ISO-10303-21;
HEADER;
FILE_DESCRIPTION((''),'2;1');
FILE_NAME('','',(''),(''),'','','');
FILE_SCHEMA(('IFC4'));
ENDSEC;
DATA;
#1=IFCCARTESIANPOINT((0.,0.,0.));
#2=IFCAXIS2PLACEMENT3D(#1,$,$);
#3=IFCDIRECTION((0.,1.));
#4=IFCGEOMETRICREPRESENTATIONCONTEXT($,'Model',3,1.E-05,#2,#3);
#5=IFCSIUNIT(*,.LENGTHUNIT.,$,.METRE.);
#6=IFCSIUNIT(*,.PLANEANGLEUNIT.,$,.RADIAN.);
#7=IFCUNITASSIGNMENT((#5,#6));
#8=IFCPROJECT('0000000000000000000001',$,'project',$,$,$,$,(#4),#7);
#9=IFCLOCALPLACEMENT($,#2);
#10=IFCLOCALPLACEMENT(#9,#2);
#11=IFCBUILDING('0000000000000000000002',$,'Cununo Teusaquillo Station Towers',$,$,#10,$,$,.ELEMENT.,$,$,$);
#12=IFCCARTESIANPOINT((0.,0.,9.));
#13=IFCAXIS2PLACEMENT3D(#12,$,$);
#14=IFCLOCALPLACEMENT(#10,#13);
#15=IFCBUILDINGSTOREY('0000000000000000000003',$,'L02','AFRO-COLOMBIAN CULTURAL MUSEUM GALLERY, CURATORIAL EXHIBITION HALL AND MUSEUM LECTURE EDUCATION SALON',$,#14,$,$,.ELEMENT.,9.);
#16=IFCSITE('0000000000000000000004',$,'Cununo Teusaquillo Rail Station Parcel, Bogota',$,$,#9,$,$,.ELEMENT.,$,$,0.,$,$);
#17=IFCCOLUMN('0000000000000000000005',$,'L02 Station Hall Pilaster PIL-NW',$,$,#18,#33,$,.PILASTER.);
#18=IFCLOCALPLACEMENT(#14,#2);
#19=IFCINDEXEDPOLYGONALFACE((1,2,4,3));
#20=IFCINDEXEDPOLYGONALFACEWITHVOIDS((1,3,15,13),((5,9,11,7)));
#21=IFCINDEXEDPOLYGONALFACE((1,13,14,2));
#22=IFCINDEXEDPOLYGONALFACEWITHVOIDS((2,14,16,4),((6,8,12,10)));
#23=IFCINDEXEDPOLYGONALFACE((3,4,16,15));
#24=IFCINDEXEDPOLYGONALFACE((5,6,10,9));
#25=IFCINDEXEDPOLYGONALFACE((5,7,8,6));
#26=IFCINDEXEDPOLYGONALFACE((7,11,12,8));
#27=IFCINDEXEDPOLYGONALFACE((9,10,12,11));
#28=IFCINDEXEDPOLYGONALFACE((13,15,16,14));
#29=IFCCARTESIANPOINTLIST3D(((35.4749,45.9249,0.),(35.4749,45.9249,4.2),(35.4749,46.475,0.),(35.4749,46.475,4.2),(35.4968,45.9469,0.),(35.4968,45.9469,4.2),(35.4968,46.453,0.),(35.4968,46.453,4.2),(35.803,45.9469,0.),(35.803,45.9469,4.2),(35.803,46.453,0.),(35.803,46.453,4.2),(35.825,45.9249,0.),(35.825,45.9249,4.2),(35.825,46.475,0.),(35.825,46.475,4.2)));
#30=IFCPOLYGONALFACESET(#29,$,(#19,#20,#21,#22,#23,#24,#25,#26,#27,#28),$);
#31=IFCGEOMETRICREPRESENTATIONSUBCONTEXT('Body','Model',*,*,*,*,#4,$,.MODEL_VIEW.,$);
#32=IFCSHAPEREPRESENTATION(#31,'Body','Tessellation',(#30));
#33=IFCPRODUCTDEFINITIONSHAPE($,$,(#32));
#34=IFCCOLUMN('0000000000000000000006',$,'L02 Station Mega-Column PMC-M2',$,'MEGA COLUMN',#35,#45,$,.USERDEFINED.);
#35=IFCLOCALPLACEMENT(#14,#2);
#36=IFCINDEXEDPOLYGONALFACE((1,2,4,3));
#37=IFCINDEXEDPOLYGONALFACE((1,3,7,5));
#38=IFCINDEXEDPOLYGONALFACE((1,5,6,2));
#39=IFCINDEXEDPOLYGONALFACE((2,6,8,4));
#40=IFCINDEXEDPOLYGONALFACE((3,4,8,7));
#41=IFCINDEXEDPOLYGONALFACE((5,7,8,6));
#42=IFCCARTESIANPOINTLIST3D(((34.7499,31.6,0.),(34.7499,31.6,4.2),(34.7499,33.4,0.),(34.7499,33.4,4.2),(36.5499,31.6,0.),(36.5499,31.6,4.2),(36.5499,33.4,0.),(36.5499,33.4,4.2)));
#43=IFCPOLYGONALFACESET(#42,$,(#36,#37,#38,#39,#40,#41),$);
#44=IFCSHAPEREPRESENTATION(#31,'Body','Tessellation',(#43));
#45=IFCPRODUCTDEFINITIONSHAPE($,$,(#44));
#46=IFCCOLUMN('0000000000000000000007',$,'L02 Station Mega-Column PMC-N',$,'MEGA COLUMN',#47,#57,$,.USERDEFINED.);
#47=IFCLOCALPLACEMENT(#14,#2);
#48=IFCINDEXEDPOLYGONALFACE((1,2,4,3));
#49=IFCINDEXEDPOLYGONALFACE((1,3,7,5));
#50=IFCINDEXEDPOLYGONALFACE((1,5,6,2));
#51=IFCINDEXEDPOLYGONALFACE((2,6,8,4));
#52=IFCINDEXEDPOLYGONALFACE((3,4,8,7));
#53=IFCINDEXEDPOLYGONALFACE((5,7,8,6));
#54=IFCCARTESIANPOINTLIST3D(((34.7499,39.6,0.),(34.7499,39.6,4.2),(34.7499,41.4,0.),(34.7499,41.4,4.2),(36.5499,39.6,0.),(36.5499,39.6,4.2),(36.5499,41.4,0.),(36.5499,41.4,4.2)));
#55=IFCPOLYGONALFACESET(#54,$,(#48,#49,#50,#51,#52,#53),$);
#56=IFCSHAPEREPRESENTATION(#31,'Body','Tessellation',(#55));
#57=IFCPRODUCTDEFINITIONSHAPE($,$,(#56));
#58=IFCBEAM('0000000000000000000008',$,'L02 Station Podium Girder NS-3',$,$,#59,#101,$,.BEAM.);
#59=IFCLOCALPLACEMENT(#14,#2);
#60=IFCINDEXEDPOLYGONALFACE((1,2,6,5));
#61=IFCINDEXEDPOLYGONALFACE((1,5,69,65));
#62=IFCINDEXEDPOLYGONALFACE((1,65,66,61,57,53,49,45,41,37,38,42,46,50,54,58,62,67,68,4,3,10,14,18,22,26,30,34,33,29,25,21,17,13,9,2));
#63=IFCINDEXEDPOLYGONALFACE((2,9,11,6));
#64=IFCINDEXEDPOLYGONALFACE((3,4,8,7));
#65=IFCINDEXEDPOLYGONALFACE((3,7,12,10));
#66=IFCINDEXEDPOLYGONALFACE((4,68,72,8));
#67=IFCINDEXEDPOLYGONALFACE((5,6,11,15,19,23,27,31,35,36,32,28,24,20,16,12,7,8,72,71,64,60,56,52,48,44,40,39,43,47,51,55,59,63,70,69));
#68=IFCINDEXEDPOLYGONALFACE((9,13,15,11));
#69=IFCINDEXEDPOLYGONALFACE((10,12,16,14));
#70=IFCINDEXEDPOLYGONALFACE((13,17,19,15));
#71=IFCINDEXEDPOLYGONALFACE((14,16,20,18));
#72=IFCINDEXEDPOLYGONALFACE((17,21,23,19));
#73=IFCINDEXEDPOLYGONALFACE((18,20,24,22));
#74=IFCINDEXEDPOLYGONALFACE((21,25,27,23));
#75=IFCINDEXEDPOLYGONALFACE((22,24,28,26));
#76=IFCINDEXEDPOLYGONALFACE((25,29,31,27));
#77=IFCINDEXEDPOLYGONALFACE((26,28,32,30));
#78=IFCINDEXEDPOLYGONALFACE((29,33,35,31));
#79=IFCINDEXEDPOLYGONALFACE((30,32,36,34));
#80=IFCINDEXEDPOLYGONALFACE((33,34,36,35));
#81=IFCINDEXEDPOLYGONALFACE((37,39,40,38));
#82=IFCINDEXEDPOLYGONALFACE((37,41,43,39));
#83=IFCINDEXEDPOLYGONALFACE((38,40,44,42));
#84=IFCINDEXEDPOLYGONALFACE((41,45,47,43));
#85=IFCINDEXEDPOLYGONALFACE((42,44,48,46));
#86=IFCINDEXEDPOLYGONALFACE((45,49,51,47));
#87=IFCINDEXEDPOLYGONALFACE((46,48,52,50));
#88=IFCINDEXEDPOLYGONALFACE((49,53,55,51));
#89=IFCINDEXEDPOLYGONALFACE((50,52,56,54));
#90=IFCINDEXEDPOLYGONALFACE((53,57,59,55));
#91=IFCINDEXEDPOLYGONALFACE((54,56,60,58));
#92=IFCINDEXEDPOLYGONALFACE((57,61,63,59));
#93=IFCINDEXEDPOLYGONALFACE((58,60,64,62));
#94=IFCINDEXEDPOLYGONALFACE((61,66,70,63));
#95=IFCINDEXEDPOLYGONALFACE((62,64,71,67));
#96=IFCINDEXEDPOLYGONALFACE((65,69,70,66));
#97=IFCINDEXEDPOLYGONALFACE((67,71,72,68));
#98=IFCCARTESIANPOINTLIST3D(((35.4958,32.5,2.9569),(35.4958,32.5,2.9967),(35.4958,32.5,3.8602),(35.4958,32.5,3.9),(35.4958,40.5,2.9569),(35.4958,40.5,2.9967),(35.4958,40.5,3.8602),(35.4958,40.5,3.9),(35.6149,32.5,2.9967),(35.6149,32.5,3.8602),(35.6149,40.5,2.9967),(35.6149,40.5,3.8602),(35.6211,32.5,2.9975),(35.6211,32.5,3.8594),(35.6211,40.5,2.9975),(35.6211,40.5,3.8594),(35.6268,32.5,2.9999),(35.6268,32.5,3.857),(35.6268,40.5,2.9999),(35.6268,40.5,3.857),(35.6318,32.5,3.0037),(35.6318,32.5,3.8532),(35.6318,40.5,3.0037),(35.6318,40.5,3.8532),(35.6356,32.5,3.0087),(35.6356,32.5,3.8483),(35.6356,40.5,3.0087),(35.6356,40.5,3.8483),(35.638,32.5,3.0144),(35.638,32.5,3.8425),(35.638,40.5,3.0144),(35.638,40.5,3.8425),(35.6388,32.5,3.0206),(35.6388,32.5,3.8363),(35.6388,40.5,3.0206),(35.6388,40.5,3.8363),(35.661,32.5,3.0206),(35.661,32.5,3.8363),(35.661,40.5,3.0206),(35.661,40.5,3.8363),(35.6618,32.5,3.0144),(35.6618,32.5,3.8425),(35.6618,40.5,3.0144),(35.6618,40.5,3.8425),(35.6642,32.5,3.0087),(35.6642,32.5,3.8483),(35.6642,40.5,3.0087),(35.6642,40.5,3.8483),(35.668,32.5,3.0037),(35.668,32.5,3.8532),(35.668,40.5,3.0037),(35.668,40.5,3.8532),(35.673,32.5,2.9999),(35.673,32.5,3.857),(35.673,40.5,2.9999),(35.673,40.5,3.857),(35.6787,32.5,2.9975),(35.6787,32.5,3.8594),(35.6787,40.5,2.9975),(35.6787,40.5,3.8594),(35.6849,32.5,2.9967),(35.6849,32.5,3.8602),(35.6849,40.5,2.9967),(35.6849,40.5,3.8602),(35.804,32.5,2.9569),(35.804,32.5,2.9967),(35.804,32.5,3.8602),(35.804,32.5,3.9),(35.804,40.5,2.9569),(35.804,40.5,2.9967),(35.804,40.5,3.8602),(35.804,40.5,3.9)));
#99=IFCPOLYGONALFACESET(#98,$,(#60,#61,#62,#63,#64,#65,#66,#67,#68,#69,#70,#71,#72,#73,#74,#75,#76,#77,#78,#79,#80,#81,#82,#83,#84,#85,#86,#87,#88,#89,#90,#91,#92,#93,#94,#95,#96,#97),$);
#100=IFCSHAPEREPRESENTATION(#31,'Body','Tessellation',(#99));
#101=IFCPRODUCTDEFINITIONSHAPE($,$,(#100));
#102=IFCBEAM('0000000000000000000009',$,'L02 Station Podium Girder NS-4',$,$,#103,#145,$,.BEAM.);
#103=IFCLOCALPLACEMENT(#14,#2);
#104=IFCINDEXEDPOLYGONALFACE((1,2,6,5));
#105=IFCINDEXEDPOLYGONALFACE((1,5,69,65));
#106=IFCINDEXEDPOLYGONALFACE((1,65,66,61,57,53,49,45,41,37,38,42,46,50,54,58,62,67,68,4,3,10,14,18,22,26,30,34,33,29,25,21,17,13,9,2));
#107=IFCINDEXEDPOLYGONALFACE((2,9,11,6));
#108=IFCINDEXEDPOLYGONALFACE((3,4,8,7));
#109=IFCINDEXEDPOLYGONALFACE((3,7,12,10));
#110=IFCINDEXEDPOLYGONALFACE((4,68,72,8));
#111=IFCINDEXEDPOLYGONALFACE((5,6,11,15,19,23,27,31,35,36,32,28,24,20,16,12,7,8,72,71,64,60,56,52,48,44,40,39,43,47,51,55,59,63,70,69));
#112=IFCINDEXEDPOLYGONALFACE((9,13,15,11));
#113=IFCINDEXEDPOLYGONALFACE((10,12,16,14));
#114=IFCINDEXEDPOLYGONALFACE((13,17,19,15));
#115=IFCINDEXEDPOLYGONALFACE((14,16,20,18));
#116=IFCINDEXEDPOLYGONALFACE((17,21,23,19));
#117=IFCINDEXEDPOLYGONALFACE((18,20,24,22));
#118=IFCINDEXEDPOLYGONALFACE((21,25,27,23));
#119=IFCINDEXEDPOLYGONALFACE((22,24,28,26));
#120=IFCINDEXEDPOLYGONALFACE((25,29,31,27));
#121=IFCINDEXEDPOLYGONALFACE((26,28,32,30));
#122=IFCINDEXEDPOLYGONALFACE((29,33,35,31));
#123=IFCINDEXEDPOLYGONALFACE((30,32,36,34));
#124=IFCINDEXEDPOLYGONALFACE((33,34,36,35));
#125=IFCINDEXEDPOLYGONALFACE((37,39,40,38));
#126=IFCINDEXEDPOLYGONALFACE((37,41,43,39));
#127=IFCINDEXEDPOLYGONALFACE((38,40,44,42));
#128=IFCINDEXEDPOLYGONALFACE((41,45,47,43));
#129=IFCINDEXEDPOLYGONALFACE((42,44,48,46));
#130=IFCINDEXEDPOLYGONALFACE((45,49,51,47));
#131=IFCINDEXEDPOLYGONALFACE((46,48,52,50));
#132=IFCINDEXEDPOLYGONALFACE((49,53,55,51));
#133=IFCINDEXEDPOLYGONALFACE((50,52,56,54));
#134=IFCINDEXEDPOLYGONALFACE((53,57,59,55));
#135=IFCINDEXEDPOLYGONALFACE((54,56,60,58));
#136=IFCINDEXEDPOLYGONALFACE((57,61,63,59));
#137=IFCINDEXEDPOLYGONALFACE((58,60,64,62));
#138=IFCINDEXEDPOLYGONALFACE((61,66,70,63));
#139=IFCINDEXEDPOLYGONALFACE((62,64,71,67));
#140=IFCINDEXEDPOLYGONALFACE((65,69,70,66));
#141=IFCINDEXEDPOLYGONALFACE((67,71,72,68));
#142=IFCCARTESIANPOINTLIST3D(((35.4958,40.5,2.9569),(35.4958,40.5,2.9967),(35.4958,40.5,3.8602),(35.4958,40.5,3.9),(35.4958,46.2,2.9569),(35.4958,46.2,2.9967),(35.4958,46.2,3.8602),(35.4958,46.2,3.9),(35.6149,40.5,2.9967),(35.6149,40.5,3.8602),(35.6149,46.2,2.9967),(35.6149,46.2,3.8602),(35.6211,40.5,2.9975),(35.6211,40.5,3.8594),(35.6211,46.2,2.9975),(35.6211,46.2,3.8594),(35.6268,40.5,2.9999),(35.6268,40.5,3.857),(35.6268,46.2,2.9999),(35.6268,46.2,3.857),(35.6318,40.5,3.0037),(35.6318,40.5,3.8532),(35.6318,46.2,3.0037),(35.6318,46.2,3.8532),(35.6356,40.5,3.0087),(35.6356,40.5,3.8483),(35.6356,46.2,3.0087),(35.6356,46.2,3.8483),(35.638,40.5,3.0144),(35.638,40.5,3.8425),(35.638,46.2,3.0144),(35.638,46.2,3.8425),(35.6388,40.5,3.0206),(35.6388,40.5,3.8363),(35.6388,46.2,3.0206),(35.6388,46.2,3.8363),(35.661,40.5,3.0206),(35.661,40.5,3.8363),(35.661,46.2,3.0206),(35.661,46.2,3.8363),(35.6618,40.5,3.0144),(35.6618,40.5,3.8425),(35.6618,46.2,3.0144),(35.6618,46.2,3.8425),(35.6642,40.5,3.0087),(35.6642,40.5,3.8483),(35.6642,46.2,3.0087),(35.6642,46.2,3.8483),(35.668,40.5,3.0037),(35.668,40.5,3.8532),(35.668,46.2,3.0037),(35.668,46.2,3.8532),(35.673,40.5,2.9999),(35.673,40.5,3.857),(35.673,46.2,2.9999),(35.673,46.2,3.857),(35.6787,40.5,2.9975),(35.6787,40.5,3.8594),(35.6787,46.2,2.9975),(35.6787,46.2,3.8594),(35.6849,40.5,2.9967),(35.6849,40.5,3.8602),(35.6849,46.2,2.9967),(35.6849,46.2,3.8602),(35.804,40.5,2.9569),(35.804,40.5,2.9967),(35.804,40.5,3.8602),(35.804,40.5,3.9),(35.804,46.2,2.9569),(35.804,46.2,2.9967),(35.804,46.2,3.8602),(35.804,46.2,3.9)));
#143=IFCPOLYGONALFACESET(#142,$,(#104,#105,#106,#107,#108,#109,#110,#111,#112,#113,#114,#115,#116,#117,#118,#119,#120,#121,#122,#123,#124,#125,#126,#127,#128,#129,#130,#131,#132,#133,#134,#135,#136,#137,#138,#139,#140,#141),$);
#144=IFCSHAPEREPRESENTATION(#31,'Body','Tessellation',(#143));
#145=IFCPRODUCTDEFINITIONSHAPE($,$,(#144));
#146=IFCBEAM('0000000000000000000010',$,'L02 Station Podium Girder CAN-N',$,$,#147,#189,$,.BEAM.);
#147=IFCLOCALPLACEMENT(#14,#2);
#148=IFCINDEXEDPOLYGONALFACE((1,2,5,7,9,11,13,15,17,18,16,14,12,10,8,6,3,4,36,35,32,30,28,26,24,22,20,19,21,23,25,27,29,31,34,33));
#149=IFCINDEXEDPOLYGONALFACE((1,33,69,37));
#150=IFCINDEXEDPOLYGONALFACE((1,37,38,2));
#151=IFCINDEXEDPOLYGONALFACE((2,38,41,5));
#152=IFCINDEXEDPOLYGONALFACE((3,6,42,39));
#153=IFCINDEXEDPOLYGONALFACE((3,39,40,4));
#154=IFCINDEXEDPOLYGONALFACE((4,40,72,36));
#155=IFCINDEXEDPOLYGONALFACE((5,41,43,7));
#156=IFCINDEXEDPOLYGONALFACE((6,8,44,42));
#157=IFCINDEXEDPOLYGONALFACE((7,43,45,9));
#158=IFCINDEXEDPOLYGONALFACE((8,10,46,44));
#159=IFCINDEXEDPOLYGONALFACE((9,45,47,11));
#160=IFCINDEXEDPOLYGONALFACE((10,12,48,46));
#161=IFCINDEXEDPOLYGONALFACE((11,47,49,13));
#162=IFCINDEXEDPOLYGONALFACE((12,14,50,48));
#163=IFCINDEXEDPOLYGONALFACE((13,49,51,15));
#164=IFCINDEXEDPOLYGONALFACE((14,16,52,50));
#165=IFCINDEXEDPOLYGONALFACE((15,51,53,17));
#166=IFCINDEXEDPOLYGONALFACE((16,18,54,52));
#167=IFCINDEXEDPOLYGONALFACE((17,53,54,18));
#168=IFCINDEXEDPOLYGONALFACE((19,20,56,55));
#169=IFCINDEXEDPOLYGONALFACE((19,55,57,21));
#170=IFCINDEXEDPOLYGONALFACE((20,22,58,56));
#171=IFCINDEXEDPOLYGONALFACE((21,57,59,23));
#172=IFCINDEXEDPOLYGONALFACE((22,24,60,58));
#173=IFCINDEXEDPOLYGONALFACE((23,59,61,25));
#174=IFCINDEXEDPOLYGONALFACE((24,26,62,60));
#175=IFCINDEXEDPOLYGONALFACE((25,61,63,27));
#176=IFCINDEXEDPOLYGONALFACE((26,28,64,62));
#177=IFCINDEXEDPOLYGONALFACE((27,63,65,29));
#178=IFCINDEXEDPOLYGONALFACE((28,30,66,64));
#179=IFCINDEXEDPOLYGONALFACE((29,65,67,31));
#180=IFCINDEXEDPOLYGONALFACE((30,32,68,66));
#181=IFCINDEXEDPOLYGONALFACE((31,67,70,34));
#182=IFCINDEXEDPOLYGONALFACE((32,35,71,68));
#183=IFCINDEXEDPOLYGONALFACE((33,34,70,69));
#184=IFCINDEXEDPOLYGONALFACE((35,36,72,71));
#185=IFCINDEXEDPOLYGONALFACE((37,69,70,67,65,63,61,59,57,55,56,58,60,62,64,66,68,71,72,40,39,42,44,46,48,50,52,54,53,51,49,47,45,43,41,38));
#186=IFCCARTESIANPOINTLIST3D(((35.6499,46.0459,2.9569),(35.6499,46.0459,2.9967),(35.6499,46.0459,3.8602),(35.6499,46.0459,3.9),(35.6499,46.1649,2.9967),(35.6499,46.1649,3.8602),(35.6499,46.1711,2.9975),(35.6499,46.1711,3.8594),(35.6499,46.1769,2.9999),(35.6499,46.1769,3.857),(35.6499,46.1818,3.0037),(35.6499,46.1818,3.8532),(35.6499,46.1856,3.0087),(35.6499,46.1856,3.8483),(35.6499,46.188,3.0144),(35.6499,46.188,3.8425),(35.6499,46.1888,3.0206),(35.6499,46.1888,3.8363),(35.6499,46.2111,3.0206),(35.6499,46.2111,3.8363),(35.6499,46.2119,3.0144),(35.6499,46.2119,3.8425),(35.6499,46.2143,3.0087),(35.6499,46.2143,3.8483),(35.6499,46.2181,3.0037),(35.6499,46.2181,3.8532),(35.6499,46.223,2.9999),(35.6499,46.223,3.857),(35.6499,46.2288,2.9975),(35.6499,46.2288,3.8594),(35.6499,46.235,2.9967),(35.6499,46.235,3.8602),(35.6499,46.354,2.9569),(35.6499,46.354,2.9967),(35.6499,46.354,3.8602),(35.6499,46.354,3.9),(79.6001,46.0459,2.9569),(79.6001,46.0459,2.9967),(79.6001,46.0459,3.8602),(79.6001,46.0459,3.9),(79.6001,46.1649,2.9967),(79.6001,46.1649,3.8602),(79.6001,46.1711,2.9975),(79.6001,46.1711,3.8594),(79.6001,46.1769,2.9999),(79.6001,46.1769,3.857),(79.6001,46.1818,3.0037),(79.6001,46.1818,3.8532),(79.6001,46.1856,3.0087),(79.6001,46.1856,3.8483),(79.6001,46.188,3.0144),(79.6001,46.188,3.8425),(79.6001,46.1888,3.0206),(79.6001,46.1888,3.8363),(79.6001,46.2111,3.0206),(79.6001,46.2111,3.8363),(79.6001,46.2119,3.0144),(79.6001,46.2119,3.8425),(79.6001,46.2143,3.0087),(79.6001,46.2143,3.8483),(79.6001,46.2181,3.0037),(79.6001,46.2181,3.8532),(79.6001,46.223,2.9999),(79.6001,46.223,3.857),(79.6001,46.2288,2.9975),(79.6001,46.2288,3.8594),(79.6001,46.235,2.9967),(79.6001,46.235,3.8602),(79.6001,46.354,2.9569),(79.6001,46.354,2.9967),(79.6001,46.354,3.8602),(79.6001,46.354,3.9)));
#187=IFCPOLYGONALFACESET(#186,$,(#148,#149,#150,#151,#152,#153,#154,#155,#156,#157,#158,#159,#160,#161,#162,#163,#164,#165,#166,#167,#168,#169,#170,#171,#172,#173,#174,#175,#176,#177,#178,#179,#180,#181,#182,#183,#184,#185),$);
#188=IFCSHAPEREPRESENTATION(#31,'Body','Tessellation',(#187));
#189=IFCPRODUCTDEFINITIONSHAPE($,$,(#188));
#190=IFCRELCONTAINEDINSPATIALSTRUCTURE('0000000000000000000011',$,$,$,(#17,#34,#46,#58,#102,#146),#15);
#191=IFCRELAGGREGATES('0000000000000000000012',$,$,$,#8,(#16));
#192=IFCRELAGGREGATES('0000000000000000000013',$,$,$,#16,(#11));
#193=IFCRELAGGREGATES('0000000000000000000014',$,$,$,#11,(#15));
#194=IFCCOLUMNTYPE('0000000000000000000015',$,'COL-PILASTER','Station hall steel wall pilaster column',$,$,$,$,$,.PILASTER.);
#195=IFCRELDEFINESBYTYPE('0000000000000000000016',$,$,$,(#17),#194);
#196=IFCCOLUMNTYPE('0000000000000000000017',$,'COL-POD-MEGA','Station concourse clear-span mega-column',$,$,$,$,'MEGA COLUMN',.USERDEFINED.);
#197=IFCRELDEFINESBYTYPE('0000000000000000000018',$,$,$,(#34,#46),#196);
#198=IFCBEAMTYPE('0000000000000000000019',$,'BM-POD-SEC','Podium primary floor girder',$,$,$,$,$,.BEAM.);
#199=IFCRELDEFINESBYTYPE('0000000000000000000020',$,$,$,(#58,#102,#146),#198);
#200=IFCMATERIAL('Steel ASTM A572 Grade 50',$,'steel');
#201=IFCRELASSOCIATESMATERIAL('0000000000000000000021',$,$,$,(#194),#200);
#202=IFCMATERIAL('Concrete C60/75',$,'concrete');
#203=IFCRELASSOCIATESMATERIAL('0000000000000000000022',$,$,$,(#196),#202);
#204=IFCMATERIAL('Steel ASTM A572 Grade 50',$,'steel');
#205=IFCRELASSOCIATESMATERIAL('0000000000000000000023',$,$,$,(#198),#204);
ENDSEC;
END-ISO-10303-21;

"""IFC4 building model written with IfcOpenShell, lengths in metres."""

from ifc_helpers import new_model, si_unit, direction, frame, origin, origin_2d, place, context, subcontext, project, spatial, rectangle, hollow_rectangle, i_section, extrude, material, material_profile, profile_set, type_object, element, save


model = new_model("IFC4")

# Units and contexts
model_context = context("Model", 3, precision=1e-05, world=origin(), true_north=direction((0.0, 1.0)))
body_context = subcontext(model_context, "Body", "Model", "MODEL_VIEW")
ifc_project = project(units=[si_unit("LENGTHUNIT", "METRE"), si_unit("PLANEANGLEUNIT", "RADIAN")], contexts=[model_context])

# Site, building, storey
site_placement = place(None, origin())
site = spatial("IfcSite", under=ifc_project, at=site_placement, Name="Cununo Teusaquillo Rail Station Parcel, Bogota", CompositionType="ELEMENT", RefElevation=0.0)
building_placement = place(site_placement, origin())
building = spatial("IfcBuilding", under=site, at=building_placement, Name="Cununo Teusaquillo Station Towers", CompositionType="ELEMENT")
storey_placement = place(building_placement, frame((0.0, 0.0, 9.0)))
storey = spatial("IfcBuildingStorey", under=building, at=storey_placement, Name="L02", Description="AFRO-COLOMBIAN CULTURAL MUSEUM GALLERY, CURATORIAL EXHIBITION HALL AND MUSEUM LECTURE EDUCATION SALON", CompositionType="ELEMENT", Elevation=9.0)

# Columns
ifc_material_1 = material(Name="Steel ASTM A572 Grade 50", Category="steel")
ifc_material_profile_1 = material_profile(ifc_material_1, hollow_rectangle(XDim=0.3501, YDim=0.55, WallThickness=0.022, at=origin_2d()), Name="RHS 550x350x22")
ifc_profile_set_1 = profile_set([ifc_material_profile_1], Name="Steel ASTM A572 Grade 50")
column_type_1 = type_object("IfcColumnType", Name="COL-PILASTER", Description="Station hall steel wall pilaster column", PredefinedType="PILASTER", material=ifc_profile_set_1)
column_placement = place(storey_placement, frame((35.6499, 46.2, 0.0), z_axis=(0.0, 0.0, 1.0), x_axis=(1.0, 0.0, 0.0)))
element("IfcColumn", 1, at=column_placement, inside=storey, type_object=column_type_1, Name="L02 Station Hall Pilaster PIL-NW", PredefinedType="PILASTER", context=body_context, shape_type="SweptSolid", body=[
    extrude(hollow_rectangle(XDim=0.3501, YDim=0.55, WallThickness=0.022, at=origin_2d()), origin(), (0.0, 0.0, 1.0), 4.2),
])
ifc_material_2 = material(Name="Concrete C60/75", Category="concrete")
ifc_material_profile_2 = material_profile(ifc_material_2, rectangle(XDim=1.8, YDim=1.8, at=origin_2d()), Name="RC-RECT-1800x1800")
ifc_profile_set_2 = profile_set([ifc_material_profile_2], Name="Concrete C60/75")
column_type_2 = type_object("IfcColumnType", Name="COL-POD-MEGA", Description="Station concourse clear-span mega-column", ElementType="MEGA COLUMN", PredefinedType="USERDEFINED", material=ifc_profile_set_2)
for number, where, z_axis, x_axis, name in (
    (2, (35.6499, 32.5, 0.0), (0.0, 0.0, 1.0), (1.0, 0.0, 0.0), "L02 Station Mega-Column PMC-M2"),
    (3, (35.6499, 40.5, 0.0), (0.0, 0.0, 1.0), (1.0, 0.0, 0.0), "L02 Station Mega-Column PMC-N"),
):
    element("IfcColumn", number, at=place(storey_placement, frame(where, z_axis=z_axis, x_axis=x_axis)), inside=storey, type_object=column_type_2, Name=name, ObjectType="MEGA COLUMN", PredefinedType="USERDEFINED", context=body_context, shape_type="SweptSolid", body=[
        extrude(rectangle(XDim=1.8, YDim=1.8, at=origin_2d()), origin(), (0.0, 0.0, 1.0), 4.2),
    ])

# Beams
ifc_material_3 = material(Name="Steel ASTM A572 Grade 50", Category="steel")
ifc_material_profile_3 = material_profile(ifc_material_3, i_section(OverallWidth=0.3081, OverallDepth=0.9431, WebThickness=0.0222, FlangeThickness=0.0398, FilletRadius=0.0239, at=origin_2d()), Name="W36X232")
ifc_profile_set_3 = profile_set([ifc_material_profile_3], Name="Steel ASTM A572 Grade 50")
beam_type_1 = type_object("IfcBeamType", Name="BM-POD-SEC", Description="Podium primary floor girder", PredefinedType="BEAM", material=ifc_profile_set_3)
beam_1_placement = place(storey_placement, frame((35.6499, 32.5, 3.4285), z_axis=(0.0, 1.0, 0.0), x_axis=(-1.0, 0.0, 0.0)))
element("IfcBeam", 4, at=beam_1_placement, inside=storey, type_object=beam_type_1, Name="L02 Station Podium Girder NS-3", PredefinedType="BEAM", context=body_context, shape_type="SweptSolid", body=[
    extrude(i_section(OverallWidth=0.3081, OverallDepth=0.9431, WebThickness=0.0222, FlangeThickness=0.0398, FilletRadius=0.0239, at=origin_2d()), origin(), (0.0, 0.0, 1.0), 8.0),
])
beam_2_placement = place(storey_placement, frame((35.6499, 40.5, 3.4285), z_axis=(0.0, 1.0, 0.0), x_axis=(-1.0, 0.0, 0.0)))
element("IfcBeam", 5, at=beam_2_placement, inside=storey, type_object=beam_type_1, Name="L02 Station Podium Girder NS-4", PredefinedType="BEAM", context=body_context, shape_type="SweptSolid", body=[
    extrude(i_section(OverallWidth=0.3081, OverallDepth=0.9431, WebThickness=0.0222, FlangeThickness=0.0398, FilletRadius=0.0239, at=origin_2d()), origin(), (0.0, 0.0, 1.0), 5.7),
])
beam_3_placement = place(storey_placement, frame((35.6499, 46.2, 3.4285), z_axis=(1.0, 0.0, 0.0), x_axis=(0.0, 1.0, 0.0)))
element("IfcBeam", 6, at=beam_3_placement, inside=storey, type_object=beam_type_1, Name="L02 Station Podium Girder CAN-N", PredefinedType="BEAM", context=body_context, shape_type="SweptSolid", body=[
    extrude(i_section(OverallWidth=0.3081, OverallDepth=0.9431, WebThickness=0.0222, FlangeThickness=0.0398, FilletRadius=0.0239, at=origin_2d()), origin(), (0.0, 0.0, 1.0), 43.9502),
])

save(model, "model.ifc")
